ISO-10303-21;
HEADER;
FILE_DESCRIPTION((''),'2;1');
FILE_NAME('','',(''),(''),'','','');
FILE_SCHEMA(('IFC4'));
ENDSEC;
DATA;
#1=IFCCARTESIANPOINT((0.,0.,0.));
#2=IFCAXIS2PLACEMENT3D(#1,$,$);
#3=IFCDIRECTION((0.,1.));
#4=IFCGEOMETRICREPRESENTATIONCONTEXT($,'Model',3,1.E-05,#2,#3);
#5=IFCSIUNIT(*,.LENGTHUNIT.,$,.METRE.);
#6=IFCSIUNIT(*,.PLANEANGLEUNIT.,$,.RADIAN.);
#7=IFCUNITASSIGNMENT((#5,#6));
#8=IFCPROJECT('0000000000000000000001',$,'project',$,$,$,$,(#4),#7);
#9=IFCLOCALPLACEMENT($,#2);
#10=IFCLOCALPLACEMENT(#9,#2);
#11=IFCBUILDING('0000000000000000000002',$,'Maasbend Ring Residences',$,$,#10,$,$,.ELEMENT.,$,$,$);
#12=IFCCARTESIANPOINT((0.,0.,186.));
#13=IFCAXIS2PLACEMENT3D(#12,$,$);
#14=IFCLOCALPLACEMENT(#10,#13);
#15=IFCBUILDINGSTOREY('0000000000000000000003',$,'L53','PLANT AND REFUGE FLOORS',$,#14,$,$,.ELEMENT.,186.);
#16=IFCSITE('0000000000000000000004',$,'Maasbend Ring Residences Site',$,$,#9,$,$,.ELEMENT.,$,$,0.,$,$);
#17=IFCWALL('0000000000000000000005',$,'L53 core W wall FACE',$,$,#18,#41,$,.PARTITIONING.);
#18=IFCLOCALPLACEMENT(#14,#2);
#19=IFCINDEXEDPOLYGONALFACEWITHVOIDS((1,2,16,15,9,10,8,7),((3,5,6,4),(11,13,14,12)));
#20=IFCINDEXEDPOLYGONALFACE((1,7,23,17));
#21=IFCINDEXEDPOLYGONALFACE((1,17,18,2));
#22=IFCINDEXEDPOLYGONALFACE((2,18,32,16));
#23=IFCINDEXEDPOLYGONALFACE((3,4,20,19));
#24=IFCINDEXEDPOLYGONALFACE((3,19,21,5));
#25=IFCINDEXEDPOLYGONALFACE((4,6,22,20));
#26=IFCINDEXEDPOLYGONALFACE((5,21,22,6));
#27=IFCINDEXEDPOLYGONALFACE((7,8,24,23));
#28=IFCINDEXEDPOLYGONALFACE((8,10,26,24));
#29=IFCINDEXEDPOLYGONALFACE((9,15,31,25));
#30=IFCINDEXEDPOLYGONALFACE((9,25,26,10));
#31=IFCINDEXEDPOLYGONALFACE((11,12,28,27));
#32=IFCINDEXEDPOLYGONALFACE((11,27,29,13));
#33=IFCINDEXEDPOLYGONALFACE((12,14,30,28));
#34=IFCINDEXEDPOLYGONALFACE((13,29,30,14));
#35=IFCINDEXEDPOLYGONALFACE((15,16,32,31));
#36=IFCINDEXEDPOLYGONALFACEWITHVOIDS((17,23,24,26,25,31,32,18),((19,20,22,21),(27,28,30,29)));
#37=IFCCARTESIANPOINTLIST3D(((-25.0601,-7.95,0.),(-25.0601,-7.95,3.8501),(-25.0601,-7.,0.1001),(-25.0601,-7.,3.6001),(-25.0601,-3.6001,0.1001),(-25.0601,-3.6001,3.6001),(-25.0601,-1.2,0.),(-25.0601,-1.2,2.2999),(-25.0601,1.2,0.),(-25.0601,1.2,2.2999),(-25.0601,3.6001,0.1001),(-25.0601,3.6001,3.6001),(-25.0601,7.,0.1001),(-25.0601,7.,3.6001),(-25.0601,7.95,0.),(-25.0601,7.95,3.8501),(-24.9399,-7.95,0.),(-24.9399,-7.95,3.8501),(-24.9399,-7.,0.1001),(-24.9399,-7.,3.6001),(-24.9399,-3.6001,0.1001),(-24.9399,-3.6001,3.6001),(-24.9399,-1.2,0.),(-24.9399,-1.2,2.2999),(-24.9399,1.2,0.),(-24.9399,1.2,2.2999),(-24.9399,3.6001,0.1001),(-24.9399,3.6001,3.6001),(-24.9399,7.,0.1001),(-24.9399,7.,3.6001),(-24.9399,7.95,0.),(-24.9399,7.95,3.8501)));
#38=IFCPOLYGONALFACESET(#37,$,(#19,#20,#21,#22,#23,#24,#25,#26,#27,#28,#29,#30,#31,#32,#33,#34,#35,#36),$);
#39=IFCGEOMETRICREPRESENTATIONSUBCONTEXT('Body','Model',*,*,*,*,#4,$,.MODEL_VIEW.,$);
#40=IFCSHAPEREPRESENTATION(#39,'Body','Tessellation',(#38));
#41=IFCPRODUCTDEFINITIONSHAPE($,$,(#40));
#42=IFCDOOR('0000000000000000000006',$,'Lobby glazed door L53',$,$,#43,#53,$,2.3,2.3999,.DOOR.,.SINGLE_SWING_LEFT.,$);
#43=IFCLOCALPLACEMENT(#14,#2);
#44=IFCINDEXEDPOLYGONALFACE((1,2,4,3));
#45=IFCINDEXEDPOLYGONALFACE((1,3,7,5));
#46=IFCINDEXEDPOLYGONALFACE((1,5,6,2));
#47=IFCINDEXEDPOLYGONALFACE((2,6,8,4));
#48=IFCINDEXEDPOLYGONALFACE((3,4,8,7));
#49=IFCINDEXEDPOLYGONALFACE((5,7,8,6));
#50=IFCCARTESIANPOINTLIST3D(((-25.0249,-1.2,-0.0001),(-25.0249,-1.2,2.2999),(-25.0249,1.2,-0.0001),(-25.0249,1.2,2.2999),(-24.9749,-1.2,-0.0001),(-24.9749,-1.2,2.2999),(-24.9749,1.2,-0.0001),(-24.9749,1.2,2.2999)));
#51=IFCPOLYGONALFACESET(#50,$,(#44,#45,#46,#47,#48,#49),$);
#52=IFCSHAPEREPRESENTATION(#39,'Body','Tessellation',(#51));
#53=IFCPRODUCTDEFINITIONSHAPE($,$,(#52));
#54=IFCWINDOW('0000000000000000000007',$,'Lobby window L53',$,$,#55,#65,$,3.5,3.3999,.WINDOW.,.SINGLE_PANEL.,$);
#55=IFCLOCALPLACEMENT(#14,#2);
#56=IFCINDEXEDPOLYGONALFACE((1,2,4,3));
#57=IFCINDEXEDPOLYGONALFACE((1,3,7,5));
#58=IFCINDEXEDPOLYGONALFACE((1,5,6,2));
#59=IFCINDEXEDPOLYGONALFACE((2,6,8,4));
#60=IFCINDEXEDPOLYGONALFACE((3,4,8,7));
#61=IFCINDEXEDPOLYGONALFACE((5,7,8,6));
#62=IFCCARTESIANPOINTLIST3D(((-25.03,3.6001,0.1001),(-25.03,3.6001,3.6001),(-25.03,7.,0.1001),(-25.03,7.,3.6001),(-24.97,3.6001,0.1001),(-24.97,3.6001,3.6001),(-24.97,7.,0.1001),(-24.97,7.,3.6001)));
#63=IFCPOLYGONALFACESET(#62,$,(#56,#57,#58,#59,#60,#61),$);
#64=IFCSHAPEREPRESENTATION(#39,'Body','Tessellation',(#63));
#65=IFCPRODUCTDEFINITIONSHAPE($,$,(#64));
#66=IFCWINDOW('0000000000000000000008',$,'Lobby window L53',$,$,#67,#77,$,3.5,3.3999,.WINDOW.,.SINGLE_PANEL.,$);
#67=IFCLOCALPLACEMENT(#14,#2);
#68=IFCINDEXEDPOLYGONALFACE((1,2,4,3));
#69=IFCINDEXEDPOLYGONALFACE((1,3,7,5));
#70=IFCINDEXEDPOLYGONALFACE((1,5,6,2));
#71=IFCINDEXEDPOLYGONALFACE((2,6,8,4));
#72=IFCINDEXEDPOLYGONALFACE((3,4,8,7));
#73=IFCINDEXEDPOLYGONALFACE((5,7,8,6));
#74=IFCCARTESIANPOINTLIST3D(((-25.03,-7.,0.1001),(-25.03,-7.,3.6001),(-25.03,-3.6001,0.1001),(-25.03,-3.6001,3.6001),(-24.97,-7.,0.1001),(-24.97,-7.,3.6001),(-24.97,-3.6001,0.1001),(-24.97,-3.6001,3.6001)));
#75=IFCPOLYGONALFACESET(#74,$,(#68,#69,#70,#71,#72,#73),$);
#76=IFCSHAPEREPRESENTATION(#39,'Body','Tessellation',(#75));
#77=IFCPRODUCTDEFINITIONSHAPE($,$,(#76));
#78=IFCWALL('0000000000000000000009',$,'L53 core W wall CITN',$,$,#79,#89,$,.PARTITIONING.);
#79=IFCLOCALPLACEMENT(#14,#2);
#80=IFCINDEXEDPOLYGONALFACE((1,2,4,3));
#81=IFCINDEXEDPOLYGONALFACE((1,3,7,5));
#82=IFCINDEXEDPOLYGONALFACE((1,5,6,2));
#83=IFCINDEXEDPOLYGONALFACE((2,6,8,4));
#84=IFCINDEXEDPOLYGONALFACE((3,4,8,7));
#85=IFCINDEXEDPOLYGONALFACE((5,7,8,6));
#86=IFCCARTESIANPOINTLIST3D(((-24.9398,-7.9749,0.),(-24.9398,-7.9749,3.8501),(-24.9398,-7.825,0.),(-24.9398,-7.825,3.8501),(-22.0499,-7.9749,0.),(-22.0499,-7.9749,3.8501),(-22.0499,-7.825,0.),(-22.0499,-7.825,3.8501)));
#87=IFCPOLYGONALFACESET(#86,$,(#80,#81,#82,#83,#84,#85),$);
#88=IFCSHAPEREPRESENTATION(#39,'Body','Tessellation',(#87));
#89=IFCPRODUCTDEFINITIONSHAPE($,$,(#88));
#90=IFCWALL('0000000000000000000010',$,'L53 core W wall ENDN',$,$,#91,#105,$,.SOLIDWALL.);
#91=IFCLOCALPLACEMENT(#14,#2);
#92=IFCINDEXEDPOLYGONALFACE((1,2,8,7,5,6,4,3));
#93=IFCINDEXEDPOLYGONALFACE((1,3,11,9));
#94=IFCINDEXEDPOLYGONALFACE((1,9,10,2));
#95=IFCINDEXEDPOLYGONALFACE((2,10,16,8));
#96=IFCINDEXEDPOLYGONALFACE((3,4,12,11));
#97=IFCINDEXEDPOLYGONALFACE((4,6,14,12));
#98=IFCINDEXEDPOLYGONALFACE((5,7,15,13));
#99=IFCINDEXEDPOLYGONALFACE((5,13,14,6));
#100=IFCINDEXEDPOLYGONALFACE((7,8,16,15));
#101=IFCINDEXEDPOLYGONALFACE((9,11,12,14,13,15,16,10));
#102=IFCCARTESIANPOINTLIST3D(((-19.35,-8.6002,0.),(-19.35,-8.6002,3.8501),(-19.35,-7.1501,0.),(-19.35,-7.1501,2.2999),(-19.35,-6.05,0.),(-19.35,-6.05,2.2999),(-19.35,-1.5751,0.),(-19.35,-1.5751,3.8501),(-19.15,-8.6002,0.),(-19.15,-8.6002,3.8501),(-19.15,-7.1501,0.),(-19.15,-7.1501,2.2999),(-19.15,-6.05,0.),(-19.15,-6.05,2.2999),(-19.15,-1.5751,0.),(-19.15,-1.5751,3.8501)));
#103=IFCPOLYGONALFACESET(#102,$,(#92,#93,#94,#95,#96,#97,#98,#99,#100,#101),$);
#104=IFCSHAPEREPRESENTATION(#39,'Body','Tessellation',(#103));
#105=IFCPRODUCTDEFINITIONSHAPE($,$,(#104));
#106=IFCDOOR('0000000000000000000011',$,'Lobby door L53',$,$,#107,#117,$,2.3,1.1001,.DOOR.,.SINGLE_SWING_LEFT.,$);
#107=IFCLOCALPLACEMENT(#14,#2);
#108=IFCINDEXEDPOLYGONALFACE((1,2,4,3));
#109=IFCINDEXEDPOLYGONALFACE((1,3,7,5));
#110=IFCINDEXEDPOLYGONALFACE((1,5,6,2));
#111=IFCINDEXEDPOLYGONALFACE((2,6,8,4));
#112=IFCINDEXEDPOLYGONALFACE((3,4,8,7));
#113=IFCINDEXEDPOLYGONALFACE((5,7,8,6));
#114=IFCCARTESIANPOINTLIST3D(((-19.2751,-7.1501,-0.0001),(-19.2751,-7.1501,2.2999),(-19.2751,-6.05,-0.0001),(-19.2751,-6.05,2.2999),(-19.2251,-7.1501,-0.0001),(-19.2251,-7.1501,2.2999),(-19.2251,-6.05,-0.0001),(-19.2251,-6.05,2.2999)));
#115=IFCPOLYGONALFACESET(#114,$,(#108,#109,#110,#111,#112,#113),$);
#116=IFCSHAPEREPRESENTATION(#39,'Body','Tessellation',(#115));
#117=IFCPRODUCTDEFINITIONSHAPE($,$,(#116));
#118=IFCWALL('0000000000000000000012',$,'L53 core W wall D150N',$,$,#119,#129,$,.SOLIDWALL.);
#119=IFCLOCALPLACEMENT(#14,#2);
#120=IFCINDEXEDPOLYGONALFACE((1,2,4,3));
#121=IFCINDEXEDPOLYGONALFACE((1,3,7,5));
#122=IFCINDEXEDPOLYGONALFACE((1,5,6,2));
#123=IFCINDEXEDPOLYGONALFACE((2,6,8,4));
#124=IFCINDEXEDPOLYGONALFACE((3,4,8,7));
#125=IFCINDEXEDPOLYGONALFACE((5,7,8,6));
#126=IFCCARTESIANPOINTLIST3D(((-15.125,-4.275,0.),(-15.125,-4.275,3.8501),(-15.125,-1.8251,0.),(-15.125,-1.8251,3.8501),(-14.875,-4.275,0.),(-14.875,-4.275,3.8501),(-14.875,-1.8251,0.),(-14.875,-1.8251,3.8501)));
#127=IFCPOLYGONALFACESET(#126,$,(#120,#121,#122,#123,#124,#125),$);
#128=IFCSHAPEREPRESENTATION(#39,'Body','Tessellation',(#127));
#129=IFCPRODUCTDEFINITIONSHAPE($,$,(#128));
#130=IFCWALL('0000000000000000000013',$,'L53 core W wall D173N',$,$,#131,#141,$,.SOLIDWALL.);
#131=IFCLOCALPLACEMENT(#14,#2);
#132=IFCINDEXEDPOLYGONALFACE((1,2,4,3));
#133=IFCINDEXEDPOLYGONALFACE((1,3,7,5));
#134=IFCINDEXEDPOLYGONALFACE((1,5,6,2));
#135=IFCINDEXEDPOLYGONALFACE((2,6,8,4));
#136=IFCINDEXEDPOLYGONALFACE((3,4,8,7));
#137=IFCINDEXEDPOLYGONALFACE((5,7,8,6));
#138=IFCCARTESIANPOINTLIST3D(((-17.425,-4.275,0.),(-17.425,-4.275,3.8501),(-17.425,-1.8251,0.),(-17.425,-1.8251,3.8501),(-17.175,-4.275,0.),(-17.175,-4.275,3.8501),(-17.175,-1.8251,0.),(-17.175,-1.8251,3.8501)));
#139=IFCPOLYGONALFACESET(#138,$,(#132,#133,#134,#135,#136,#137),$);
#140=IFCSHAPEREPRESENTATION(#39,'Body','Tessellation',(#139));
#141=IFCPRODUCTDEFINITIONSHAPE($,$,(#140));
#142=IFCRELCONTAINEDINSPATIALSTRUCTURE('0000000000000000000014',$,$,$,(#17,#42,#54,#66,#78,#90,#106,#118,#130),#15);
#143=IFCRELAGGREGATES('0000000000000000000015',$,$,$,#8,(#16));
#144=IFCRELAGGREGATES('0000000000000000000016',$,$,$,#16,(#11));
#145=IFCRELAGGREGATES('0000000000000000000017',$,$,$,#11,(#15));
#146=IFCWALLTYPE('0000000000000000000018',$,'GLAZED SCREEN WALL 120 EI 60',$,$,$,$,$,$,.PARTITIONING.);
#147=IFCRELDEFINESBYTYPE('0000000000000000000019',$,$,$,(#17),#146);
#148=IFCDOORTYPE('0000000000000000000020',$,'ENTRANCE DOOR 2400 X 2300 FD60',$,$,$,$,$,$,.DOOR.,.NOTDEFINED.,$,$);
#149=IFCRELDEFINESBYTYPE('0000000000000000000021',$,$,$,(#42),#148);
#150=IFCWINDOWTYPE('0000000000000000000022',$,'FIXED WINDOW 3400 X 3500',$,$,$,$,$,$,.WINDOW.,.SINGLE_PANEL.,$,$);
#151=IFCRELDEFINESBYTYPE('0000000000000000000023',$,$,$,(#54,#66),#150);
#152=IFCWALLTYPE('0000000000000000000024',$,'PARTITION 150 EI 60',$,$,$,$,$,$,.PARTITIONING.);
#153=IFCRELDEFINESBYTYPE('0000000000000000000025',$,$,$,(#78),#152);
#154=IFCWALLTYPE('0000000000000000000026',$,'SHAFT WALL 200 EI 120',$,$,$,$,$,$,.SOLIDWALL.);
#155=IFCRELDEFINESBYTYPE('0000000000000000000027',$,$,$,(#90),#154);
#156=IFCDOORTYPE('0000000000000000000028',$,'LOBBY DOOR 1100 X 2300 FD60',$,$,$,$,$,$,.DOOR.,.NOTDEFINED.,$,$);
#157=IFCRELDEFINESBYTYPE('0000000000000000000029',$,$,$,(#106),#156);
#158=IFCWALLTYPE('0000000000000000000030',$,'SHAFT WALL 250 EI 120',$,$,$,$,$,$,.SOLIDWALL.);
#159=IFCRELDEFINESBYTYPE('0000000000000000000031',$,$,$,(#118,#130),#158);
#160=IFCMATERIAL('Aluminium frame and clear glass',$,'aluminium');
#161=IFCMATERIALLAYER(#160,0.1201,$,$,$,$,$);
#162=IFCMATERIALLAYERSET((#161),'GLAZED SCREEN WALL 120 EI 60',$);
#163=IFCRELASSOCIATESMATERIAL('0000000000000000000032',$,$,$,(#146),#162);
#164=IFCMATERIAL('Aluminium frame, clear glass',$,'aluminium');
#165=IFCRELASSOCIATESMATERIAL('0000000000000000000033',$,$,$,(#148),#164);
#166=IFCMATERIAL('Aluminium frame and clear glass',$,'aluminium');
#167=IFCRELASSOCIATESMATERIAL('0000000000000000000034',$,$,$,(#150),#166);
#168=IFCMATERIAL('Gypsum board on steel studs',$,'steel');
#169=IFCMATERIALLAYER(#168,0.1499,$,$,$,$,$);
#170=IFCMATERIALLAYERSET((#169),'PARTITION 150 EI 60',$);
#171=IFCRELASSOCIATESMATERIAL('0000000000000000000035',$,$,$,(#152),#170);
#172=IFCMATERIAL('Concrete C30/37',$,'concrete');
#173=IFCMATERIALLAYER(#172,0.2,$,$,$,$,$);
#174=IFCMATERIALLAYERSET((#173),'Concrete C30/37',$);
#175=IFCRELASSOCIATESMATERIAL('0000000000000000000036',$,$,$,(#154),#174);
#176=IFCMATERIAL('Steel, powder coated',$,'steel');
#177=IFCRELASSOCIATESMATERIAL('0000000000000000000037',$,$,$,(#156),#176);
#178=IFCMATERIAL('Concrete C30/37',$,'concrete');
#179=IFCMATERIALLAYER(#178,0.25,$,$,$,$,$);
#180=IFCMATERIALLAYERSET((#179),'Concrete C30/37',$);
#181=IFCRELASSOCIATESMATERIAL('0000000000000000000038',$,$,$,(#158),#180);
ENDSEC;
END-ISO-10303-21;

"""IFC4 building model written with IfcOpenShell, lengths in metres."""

from ifc_helpers import new_model, si_unit, direction, frame, frame_2d, origin, place, context, subcontext, project, spatial, rectangle, extrude, material, layer, layer_set, type_object, element, fill, save


model = new_model("IFC4")

# Units and contexts
model_context = context("Model", 3, precision=1e-05, world=origin(), true_north=direction((0.0, 1.0)))
body_context = subcontext(model_context, "Body", "Model", "MODEL_VIEW")
ifc_project = project(units=[si_unit("LENGTHUNIT", "METRE"), si_unit("PLANEANGLEUNIT", "RADIAN")], contexts=[model_context])

# Site, building, storey
site_placement = place(None, origin())
site = spatial("IfcSite", under=ifc_project, at=site_placement, Name="Maasbend Ring Residences Site", CompositionType="ELEMENT", RefElevation=0.0)
building_placement = place(site_placement, origin())
building = spatial("IfcBuilding", under=site, at=building_placement, Name="Maasbend Ring Residences", CompositionType="ELEMENT")
storey_placement = place(building_placement, frame((0.0, 0.0, 186.0)))
storey = spatial("IfcBuildingStorey", under=building, at=storey_placement, Name="L53", Description="PLANT AND REFUGE FLOORS", CompositionType="ELEMENT", Elevation=186.0)

# Wall, openings, door, windows
ifc_material_1 = material(Name="Aluminium frame and clear glass", Category="aluminium")
ifc_layer_1 = layer(ifc_material_1, 0.1201)
ifc_layer_set_1 = layer_set([ifc_layer_1], Name="GLAZED SCREEN WALL 120 EI 60")
wall_type_1 = type_object("IfcWallType", Name="GLAZED SCREEN WALL 120 EI 60", PredefinedType="PARTITIONING", material=ifc_layer_set_1)
wall_1_placement = place(storey_placement, frame((-25.0, -7.95, 0.0), z_axis=(0.0, 0.0, 1.0), x_axis=(0.0, 1.0, 0.0)))
wall_1 = element("IfcWall", 1, at=wall_1_placement, inside=storey, type_object=wall_type_1, Name="L53 core W wall FACE", PredefinedType="PARTITIONING", context=body_context, shape_type="SweptSolid", body=[
    extrude(rectangle(XDim=15.8999, YDim=0.1201, at=frame_2d((7.95, 0.0))), origin(), (0.0, 0.0, 1.0), 3.8501),
])
opening_1_placement = place(wall_1_placement, frame((6.75, 0.0, 0.0)))
opening_1 = element("IfcOpeningElement", 2, at=opening_1_placement, cuts=wall_1, PredefinedType="OPENING", context=body_context, shape_type="SweptSolid", body=[
    extrude(rectangle(XDim=2.3999, YDim=2.3, at=frame_2d((1.2, 1.1499))), frame((0.0, 0.0701, 0.0), z_axis=(0.0, -1.0, 0.0), x_axis=(1.0, 0.0, 0.0)), (0.0, 0.0, 1.0), 0.1401),
])
opening_2_placement = place(wall_1_placement, frame((11.55, 0.0, 0.1001)))
opening_2 = element("IfcOpeningElement", 3, at=opening_2_placement, cuts=wall_1, PredefinedType="OPENING", context=body_context, shape_type="SweptSolid", body=[
    extrude(rectangle(XDim=3.3999, YDim=3.5, at=frame_2d((1.7, 1.75))), frame((0.0, 0.0701, 0.0), z_axis=(0.0, -1.0, 0.0), x_axis=(1.0, 0.0, 0.0)), (0.0, 0.0, 1.0), 0.1401),
])
opening_3_placement = place(wall_1_placement, frame((0.95, 0.0, 0.1001)))
opening_3 = element("IfcOpeningElement", 4, at=opening_3_placement, cuts=wall_1, PredefinedType="OPENING", context=body_context, shape_type="SweptSolid", body=[
    extrude(rectangle(XDim=3.3999, YDim=3.5, at=frame_2d((1.7, 1.75))), frame((0.0, 0.0701, 0.0), z_axis=(0.0, -1.0, 0.0), x_axis=(1.0, 0.0, 0.0)), (0.0, 0.0, 1.0), 0.1401),
])
ifc_material_2 = material(Name="Aluminium frame, clear glass", Category="aluminium")
door_type_1 = type_object("IfcDoorType", Name="ENTRANCE DOOR 2400 X 2300 FD60", OperationType="NOTDEFINED", PredefinedType="DOOR", material=ifc_material_2)
door_1_placement = place(opening_1_placement, origin())
door_1 = element("IfcDoor", 5, at=door_1_placement, inside=storey, type_object=door_type_1, Name="Lobby glazed door L53", OperationType="SINGLE_SWING_LEFT", OverallHeight=2.3, OverallWidth=2.3999, PredefinedType="DOOR", context=body_context, shape_type="SweptSolid", body=[
    extrude(rectangle(XDim=2.3999, YDim=2.3, at=frame_2d((1.2, 1.1499))), frame((0.0, 0.0249, 0.0), z_axis=(0.0, -1.0, 0.0), x_axis=(1.0, 0.0, 0.0)), (0.0, 0.0, 1.0), 0.05),
])
fill(opening_1, door_1)
ifc_material_3 = material(Name="Aluminium frame and clear glass", Category="aluminium")
window_type = type_object("IfcWindowType", Name="FIXED WINDOW 3400 X 3500", PartitioningType="SINGLE_PANEL", PredefinedType="WINDOW", material=ifc_material_3)
window_1_placement = place(opening_2_placement, origin())
window_1 = element("IfcWindow", 6, at=window_1_placement, inside=storey, type_object=window_type, Name="Lobby window L53", OverallHeight=3.5, OverallWidth=3.3999, PartitioningType="SINGLE_PANEL", PredefinedType="WINDOW", context=body_context, shape_type="SweptSolid", body=[
    extrude(rectangle(XDim=3.3999, YDim=3.5, at=frame_2d((1.7, 1.75))), frame((0.0, 0.03, 0.0), z_axis=(0.0, -1.0, 0.0), x_axis=(1.0, 0.0, 0.0)), (0.0, 0.0, 1.0), 0.0601),
])
fill(opening_2, window_1)
window_2_placement = place(opening_3_placement, origin())
window_2 = element("IfcWindow", 7, at=window_2_placement, inside=storey, type_object=window_type, Name="Lobby window L53", OverallHeight=3.5, OverallWidth=3.3999, PartitioningType="SINGLE_PANEL", PredefinedType="WINDOW", context=body_context, shape_type="SweptSolid", body=[
    extrude(rectangle(XDim=3.3999, YDim=3.5, at=frame_2d((1.7, 1.75))), frame((0.0, 0.03, 0.0), z_axis=(0.0, -1.0, 0.0), x_axis=(1.0, 0.0, 0.0)), (0.0, 0.0, 1.0), 0.0601),
])
fill(opening_3, window_2)

# Wall
ifc_material_4 = material(Name="Gypsum board on steel studs", Category="steel")
ifc_layer_2 = layer(ifc_material_4, 0.1499)
ifc_layer_set_2 = layer_set([ifc_layer_2], Name="PARTITION 150 EI 60")
wall_type_2 = type_object("IfcWallType", Name="PARTITION 150 EI 60", PredefinedType="PARTITIONING", material=ifc_layer_set_2)
wall_2_placement = place(storey_placement, frame((-22.05, -7.8999, 0.0), z_axis=(0.0, 0.0, 1.0), x_axis=(-1.0, 0.0, 0.0)))
element("IfcWall", 8, at=wall_2_placement, inside=storey, type_object=wall_type_2, Name="L53 core W wall CITN", PredefinedType="PARTITIONING", context=body_context, shape_type="SweptSolid", body=[
    extrude(rectangle(XDim=2.8899, YDim=0.1499, at=frame_2d((1.4448, 0.0))), origin(), (0.0, 0.0, 1.0), 3.8501),
])

# Wall, opening, door
ifc_material_5 = material(Name="Concrete C30/37", Category="concrete")
ifc_layer_3 = layer(ifc_material_5, 0.2)
ifc_layer_set_3 = layer_set([ifc_layer_3], Name="Concrete C30/37")
wall_type_3 = type_object("IfcWallType", Name="SHAFT WALL 200 EI 120", PredefinedType="SOLIDWALL", material=ifc_layer_set_3)
wall_3_placement = place(storey_placement, frame((-19.25, -1.575, 0.0), z_axis=(0.0, 0.0, 1.0), x_axis=(0.0, -1.0, 0.0)))
wall_3 = element("IfcWall", 9, at=wall_3_placement, inside=storey, type_object=wall_type_3, Name="L53 core W wall ENDN", PredefinedType="SOLIDWALL", context=body_context, shape_type="SweptSolid", body=[
    extrude(rectangle(XDim=7.0251, YDim=0.2, at=frame_2d((3.5127, 0.0))), origin(), (0.0, 0.0, 1.0), 3.8501),
])
opening_4_placement = place(wall_3_placement, frame((4.4751, 0.0, 0.0)))
opening_4 = element("IfcOpeningElement", 10, at=opening_4_placement, cuts=wall_3, PredefinedType="OPENING", context=body_context, shape_type="SweptSolid", body=[
    extrude(rectangle(XDim=1.1001, YDim=2.3, at=frame_2d((0.55, 1.1499))), frame((0.0, 0.1099, 0.0), z_axis=(0.0, -1.0, 0.0), x_axis=(1.0, 0.0, 0.0)), (0.0, 0.0, 1.0), 0.22),
])
ifc_material_6 = material(Name="Steel, powder coated", Category="steel")
door_type_2 = type_object("IfcDoorType", Name="LOBBY DOOR 1100 X 2300 FD60", OperationType="NOTDEFINED", PredefinedType="DOOR", material=ifc_material_6)
door_2_placement = place(opening_4_placement, origin())
door_2 = element("IfcDoor", 11, at=door_2_placement, inside=storey, type_object=door_type_2, Name="Lobby door L53", OperationType="SINGLE_SWING_LEFT", OverallHeight=2.3, OverallWidth=1.1001, PredefinedType="DOOR", context=body_context, shape_type="SweptSolid", body=[
    extrude(rectangle(XDim=1.1001, YDim=2.3, at=frame_2d((0.55, 1.1499))), frame((0.0, 0.0249, 0.0), z_axis=(0.0, -1.0, 0.0), x_axis=(1.0, 0.0, 0.0)), (0.0, 0.0, 1.0), 0.05),
])
fill(opening_4, door_2)

# Walls
ifc_material_7 = material(Name="Concrete C30/37", Category="concrete")
ifc_layer_4 = layer(ifc_material_7, 0.25)
ifc_layer_set_4 = layer_set([ifc_layer_4], Name="Concrete C30/37")
wall_type_4 = type_object("IfcWallType", Name="SHAFT WALL 250 EI 120", PredefinedType="SOLIDWALL", material=ifc_layer_set_4)
for number, where, z_axis, x_axis, name in (
    (12, (-15.0, -1.825, 0.0), (0.0, 0.0, 1.0), (0.0, -1.0, 0.0), "L53 core W wall D150N"),
    (13, (-17.3, -1.825, 0.0), (0.0, 0.0, 1.0), (0.0, -1.0, 0.0), "L53 core W wall D173N"),
):
    element("IfcWall", number, at=place(storey_placement, frame(where, z_axis=z_axis, x_axis=x_axis)), inside=storey, type_object=wall_type_4, Name=name, PredefinedType="SOLIDWALL", context=body_context, shape_type="SweptSolid", body=[
        extrude(rectangle(XDim=2.45, YDim=0.25, at=frame_2d((1.2251, 0.0))), origin(), (0.0, 0.0, 1.0), 3.8501),
    ])

save(model, "model.ifc")
